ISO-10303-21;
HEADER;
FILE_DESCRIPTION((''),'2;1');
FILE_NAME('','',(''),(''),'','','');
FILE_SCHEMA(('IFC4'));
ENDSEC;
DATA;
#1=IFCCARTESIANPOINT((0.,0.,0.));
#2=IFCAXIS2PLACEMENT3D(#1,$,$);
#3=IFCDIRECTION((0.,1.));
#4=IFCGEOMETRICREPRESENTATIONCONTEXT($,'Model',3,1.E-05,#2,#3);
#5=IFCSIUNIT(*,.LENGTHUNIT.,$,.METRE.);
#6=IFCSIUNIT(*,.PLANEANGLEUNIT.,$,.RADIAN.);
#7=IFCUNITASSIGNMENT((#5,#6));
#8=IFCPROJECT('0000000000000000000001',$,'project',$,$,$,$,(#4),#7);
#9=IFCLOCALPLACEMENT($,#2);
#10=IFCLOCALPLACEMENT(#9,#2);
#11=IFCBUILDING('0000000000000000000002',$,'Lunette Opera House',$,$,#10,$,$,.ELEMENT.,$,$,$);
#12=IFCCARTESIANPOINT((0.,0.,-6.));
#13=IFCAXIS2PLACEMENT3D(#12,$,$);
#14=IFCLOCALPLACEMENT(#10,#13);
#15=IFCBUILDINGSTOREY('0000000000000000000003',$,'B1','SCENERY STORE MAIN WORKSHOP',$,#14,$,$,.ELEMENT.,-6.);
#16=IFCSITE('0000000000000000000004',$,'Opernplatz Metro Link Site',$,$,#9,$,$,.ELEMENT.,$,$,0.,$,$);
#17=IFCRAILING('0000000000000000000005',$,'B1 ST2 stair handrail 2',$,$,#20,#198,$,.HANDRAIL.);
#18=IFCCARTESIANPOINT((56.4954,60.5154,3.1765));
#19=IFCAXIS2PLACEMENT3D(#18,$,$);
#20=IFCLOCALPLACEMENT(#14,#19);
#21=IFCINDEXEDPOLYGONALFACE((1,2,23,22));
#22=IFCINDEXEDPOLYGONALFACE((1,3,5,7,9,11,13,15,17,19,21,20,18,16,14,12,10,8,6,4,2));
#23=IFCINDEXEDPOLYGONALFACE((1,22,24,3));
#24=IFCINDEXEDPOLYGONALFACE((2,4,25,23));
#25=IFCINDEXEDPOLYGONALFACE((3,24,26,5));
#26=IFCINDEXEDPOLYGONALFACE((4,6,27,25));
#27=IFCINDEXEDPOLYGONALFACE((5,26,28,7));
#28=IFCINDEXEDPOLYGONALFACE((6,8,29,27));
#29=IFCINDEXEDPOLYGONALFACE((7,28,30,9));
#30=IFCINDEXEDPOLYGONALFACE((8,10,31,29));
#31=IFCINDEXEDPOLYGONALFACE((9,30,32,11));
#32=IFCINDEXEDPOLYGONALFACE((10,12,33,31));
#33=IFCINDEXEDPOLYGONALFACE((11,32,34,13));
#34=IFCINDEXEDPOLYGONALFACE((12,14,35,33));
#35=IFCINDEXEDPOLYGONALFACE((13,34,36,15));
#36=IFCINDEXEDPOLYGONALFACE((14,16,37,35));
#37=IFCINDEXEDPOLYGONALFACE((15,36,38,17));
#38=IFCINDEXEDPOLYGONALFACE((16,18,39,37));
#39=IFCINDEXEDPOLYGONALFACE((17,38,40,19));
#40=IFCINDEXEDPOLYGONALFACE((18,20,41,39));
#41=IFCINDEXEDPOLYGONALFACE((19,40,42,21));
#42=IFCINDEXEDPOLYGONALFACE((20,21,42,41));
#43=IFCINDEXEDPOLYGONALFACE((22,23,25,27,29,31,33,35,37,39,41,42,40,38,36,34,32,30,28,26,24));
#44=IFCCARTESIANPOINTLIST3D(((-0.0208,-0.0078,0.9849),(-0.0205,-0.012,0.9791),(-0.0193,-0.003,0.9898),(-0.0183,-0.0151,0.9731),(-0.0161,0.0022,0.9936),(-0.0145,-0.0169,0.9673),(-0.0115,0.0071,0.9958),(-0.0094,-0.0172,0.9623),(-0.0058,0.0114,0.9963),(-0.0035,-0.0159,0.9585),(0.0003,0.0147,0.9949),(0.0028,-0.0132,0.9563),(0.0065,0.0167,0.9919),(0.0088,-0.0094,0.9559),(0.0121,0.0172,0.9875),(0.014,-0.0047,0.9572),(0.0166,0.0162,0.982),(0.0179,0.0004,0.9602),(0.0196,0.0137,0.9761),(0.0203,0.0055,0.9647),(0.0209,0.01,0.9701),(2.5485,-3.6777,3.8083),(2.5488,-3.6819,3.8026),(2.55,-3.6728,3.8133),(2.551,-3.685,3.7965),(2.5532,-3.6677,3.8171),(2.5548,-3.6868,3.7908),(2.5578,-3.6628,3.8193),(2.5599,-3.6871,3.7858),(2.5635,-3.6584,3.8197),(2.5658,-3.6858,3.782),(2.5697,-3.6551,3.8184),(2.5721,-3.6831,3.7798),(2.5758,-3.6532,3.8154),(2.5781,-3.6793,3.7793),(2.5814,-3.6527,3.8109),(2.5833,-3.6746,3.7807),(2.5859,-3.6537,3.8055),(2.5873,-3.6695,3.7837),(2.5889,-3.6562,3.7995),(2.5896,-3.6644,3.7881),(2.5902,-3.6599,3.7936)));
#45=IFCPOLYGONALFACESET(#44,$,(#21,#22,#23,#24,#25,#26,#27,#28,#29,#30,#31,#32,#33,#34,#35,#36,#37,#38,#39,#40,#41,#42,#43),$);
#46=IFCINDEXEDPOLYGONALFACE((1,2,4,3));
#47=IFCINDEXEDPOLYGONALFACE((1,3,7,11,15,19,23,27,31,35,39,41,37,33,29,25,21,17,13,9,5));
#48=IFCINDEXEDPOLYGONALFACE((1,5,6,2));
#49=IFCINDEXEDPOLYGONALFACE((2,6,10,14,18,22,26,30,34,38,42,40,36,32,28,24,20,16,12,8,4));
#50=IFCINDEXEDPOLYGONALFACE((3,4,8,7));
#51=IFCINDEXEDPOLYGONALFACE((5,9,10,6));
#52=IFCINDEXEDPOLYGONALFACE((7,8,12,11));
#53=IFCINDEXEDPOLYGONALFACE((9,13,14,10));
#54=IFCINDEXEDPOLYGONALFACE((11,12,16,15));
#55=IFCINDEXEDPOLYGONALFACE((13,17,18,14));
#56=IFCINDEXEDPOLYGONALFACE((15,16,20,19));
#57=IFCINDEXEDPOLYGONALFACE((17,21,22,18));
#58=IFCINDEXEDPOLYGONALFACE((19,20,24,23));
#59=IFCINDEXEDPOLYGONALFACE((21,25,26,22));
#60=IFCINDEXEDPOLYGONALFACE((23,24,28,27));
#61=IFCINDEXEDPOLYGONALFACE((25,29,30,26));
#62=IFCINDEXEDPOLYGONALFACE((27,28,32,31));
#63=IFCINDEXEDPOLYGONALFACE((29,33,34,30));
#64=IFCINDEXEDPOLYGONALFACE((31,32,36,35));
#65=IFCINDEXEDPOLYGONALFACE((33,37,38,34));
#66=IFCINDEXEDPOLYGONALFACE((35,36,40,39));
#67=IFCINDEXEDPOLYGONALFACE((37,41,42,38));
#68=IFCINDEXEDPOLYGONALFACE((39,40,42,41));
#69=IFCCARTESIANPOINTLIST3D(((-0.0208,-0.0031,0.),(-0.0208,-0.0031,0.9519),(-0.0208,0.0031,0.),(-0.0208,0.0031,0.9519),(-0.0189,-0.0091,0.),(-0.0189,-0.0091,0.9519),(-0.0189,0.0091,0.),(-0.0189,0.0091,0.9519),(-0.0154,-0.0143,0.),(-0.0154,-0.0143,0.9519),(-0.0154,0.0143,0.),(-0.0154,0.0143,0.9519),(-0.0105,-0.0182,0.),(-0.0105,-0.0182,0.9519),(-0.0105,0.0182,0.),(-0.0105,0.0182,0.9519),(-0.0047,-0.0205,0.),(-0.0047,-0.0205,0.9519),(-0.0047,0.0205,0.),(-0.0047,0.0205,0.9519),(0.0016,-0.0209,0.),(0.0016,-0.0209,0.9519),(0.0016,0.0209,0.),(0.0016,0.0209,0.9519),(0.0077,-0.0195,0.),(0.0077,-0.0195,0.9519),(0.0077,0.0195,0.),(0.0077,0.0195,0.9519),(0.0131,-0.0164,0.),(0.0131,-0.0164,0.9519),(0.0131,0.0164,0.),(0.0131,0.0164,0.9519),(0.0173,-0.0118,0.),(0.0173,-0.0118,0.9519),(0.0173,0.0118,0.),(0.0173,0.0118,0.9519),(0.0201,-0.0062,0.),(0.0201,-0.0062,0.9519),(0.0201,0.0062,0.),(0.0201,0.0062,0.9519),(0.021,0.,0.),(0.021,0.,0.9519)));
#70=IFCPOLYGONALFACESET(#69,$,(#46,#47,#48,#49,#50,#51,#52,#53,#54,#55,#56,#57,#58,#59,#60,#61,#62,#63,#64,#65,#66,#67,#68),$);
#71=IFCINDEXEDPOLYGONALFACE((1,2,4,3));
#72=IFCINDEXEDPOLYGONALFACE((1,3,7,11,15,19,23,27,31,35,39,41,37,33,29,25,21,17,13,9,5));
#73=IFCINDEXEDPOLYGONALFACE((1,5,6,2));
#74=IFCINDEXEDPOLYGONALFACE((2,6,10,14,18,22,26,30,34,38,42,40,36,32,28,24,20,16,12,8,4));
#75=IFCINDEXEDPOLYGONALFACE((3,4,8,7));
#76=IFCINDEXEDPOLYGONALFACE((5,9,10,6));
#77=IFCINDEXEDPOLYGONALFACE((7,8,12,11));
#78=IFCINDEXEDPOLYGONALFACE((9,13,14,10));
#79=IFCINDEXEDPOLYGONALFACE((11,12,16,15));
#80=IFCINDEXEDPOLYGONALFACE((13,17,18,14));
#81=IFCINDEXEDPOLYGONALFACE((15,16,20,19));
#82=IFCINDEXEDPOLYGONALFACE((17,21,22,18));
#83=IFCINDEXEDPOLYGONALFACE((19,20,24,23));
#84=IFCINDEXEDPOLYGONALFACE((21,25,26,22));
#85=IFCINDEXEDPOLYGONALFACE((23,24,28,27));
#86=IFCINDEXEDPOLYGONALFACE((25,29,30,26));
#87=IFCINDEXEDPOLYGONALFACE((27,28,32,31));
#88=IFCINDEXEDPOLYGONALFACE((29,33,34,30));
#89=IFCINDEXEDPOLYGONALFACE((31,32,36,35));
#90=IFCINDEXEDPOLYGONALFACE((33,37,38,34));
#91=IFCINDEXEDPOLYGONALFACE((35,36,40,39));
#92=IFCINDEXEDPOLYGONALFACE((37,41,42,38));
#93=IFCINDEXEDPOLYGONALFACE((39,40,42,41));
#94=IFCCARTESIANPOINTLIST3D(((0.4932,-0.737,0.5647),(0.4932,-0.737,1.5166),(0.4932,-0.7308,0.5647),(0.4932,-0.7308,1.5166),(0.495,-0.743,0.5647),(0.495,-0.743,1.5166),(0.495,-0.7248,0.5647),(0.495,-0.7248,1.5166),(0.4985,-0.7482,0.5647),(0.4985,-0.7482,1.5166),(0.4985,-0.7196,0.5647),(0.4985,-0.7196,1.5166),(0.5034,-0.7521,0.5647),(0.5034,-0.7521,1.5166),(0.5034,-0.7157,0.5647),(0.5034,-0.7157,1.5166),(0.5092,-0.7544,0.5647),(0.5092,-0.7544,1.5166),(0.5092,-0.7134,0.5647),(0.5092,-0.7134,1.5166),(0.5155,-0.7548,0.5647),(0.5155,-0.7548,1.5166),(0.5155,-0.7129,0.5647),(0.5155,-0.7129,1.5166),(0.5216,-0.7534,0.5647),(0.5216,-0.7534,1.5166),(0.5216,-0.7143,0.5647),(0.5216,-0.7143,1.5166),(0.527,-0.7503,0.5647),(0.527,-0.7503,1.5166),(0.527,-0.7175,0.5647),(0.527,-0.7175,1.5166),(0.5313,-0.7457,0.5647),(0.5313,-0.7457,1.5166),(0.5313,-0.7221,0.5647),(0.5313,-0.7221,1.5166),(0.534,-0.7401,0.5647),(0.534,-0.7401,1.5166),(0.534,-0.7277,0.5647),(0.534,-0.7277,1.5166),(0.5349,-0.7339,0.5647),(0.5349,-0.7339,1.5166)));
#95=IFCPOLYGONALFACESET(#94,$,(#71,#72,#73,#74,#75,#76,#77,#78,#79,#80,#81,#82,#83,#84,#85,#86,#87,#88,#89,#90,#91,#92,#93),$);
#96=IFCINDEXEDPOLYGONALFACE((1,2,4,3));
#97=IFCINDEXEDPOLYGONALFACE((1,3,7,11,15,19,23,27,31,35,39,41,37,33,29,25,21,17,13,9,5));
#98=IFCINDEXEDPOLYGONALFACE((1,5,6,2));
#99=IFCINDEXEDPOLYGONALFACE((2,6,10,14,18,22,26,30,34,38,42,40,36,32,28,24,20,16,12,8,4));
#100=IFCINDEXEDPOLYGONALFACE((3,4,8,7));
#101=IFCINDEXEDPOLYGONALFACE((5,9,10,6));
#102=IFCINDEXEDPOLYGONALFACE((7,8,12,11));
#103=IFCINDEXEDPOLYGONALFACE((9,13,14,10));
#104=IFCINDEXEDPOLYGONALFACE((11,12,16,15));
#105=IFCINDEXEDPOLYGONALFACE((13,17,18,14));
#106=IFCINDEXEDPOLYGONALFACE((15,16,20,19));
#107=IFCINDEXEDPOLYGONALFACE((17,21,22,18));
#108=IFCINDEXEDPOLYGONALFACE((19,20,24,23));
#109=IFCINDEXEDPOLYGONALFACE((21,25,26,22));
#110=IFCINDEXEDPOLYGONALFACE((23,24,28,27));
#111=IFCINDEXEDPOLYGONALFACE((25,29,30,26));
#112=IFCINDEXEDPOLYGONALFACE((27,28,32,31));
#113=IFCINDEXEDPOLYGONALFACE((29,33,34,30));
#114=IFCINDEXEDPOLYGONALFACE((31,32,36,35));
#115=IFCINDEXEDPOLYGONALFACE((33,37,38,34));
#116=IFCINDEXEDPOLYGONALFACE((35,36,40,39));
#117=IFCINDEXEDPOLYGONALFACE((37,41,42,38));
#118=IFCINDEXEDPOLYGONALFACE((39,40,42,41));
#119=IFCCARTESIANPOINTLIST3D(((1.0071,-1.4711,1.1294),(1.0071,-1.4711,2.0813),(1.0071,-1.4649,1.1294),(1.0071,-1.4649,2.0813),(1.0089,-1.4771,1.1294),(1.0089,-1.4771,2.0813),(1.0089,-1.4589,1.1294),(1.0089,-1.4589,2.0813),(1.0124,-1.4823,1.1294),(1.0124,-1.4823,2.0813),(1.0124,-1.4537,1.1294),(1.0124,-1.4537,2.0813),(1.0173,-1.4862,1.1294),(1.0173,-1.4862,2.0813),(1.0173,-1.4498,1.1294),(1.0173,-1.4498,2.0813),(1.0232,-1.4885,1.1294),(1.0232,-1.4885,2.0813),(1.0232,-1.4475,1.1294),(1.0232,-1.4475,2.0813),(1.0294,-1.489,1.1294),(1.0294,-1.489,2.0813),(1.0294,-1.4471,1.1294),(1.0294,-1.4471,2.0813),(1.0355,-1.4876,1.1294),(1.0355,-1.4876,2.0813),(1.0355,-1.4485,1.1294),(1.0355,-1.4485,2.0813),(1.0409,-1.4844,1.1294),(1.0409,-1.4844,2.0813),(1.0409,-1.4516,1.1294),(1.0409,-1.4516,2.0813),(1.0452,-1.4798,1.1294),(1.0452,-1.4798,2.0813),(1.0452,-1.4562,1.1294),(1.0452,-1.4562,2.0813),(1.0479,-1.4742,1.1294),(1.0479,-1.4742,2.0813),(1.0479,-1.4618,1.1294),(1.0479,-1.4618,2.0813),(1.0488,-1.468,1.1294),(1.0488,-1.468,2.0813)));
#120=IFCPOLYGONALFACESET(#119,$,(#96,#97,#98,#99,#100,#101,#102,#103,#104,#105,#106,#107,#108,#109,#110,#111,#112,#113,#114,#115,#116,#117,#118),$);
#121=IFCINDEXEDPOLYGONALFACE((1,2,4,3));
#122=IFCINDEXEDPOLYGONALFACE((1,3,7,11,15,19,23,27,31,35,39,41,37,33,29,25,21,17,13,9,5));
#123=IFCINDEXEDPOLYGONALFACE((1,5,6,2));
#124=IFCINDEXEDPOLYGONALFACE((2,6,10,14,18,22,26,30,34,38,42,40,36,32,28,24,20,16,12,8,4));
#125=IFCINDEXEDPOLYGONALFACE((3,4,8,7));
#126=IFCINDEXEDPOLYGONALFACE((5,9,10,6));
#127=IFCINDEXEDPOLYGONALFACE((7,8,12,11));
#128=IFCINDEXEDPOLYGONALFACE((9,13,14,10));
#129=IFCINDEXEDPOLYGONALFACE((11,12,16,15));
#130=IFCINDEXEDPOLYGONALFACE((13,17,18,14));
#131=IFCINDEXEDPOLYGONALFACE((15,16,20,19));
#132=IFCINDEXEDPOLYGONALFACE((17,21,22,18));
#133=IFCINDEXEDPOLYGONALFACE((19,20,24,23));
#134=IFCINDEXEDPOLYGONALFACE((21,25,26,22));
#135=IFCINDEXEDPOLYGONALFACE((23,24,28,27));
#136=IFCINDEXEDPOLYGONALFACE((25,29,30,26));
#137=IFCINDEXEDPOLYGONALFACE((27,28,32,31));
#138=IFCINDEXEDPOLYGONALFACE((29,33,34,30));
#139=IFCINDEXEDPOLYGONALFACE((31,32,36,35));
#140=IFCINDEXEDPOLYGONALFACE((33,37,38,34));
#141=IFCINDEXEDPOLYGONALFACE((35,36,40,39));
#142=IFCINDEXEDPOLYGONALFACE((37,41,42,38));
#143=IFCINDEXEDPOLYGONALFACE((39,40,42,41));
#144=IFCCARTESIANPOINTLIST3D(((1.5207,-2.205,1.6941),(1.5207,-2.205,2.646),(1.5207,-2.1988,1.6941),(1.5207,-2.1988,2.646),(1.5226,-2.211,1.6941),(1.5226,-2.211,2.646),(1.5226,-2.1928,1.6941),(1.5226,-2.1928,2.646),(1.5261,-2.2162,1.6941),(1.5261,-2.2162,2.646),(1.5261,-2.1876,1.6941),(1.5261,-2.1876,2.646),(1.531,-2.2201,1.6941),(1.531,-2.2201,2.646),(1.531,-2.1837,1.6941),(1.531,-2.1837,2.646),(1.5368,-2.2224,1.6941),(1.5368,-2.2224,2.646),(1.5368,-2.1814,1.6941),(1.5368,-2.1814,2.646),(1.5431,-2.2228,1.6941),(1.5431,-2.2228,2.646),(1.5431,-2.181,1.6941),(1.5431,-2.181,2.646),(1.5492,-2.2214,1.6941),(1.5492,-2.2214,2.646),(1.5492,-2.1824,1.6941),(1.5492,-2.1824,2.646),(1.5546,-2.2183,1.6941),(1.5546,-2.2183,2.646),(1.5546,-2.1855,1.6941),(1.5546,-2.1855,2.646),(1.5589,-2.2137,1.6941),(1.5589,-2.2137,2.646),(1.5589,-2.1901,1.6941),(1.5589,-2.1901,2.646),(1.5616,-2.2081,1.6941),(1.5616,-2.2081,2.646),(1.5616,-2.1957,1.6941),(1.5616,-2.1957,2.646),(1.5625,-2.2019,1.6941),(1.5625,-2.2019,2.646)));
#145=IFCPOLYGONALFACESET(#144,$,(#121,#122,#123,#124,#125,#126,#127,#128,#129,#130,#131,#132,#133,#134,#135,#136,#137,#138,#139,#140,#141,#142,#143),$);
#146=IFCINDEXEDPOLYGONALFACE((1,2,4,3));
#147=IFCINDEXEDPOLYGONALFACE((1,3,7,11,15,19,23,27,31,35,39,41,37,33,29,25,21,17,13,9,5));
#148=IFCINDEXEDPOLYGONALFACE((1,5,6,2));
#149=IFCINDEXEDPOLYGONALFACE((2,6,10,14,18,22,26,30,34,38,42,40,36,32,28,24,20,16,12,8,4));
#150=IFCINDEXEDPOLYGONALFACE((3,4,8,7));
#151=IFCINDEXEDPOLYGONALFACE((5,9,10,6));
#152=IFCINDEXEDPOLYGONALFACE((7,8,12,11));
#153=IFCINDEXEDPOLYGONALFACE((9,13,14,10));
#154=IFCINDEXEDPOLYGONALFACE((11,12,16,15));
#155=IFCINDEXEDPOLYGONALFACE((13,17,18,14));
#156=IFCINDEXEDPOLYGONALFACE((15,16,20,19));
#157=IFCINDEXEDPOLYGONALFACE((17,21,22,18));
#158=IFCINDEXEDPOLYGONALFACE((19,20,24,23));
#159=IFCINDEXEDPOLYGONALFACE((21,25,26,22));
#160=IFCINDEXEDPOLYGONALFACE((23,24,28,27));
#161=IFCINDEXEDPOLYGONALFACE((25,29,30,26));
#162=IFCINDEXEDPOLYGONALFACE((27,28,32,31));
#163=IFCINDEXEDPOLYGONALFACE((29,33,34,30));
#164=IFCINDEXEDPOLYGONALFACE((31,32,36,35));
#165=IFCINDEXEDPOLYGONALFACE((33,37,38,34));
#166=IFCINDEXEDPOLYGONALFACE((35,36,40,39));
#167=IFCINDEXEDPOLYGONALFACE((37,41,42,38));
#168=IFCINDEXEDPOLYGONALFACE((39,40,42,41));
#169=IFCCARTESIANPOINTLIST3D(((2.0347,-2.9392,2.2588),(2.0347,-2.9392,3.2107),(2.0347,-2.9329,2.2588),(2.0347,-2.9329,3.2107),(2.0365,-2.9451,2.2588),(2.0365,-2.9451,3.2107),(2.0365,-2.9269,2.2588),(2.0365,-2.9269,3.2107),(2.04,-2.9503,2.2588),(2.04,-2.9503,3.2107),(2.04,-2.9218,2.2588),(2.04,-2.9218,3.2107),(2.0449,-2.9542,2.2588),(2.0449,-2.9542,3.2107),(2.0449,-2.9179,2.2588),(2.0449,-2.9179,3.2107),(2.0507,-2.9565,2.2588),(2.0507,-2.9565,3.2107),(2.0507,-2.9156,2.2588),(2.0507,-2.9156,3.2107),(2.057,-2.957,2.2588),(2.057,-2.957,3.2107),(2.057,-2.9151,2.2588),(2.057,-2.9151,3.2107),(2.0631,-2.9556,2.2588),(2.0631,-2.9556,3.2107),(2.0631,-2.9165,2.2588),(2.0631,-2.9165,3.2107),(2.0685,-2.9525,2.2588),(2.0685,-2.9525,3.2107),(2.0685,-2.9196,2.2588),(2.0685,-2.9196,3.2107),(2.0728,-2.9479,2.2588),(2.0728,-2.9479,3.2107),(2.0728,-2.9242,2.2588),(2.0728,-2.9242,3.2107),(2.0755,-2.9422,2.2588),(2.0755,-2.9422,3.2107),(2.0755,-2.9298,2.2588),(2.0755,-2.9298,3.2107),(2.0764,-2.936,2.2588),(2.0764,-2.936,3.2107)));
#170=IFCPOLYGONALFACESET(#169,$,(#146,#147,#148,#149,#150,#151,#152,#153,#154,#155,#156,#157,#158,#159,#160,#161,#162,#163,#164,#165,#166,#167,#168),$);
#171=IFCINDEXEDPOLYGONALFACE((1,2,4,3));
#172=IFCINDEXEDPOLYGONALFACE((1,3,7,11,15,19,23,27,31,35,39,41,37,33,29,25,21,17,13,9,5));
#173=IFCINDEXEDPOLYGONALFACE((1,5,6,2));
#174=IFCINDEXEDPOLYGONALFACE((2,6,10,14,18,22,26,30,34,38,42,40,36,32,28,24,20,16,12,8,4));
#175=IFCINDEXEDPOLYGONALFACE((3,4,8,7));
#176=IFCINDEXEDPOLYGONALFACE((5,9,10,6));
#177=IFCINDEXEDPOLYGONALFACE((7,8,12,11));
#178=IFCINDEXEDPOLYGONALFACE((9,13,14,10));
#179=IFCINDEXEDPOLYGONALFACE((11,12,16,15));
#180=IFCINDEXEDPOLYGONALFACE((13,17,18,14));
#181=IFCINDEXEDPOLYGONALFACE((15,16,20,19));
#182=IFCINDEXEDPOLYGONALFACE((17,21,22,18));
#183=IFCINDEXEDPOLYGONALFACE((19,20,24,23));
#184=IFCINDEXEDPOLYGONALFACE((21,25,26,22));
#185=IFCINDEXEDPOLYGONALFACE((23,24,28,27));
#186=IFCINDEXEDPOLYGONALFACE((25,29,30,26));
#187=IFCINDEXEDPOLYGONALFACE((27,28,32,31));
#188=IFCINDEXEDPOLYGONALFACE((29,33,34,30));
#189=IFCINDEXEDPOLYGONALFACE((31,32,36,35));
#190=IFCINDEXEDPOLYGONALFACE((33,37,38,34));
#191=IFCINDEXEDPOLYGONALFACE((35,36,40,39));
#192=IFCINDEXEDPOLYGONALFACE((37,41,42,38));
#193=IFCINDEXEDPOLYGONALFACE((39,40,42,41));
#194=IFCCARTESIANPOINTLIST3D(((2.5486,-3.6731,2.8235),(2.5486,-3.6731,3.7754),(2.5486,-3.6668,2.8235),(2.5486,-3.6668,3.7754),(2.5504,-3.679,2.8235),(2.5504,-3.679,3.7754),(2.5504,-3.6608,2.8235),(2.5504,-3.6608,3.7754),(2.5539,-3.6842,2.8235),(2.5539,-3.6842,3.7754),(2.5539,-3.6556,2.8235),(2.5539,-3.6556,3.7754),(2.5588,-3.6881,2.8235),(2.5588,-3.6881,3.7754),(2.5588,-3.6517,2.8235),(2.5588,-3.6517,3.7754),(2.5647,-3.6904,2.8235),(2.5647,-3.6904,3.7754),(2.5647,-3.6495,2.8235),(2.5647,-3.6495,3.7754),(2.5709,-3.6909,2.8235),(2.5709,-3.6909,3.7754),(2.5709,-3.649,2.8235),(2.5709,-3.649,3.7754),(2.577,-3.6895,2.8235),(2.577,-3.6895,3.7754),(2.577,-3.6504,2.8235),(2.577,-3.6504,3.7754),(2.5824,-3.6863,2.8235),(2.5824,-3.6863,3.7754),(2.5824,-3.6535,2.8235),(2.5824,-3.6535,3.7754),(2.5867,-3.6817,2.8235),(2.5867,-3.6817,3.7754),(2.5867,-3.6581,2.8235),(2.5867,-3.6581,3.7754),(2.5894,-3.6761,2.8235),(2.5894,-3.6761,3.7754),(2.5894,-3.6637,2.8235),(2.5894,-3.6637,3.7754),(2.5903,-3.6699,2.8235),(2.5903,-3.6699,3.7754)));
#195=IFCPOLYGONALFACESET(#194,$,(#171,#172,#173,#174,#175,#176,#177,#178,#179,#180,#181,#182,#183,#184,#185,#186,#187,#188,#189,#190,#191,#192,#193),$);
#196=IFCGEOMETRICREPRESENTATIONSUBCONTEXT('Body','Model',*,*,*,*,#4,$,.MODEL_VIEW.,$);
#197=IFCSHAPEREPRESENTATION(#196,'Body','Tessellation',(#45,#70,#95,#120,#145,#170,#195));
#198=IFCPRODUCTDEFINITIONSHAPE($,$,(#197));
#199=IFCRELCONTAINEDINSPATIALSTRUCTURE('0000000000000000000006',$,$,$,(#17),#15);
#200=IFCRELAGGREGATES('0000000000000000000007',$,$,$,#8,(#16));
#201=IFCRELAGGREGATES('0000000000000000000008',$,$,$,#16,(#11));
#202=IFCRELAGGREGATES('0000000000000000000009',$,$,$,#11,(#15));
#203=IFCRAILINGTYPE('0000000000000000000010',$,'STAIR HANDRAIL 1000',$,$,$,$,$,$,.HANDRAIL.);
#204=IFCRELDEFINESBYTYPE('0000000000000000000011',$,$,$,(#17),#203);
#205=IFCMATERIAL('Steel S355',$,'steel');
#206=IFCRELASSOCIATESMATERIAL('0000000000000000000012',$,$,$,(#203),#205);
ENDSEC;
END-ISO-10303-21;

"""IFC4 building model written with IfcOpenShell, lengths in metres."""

from ifc_helpers import new_model, si_unit, direction, frame, origin, origin_2d, place, context, subcontext, project, spatial, circle, extrude, material, type_object, element, save


model = new_model("IFC4")

# Units and contexts
model_context = context("Model", 3, precision=1e-05, world=origin(), true_north=direction((0.0, 1.0)))
body_context = subcontext(model_context, "Body", "Model", "MODEL_VIEW")
ifc_project = project(units=[si_unit("LENGTHUNIT", "METRE"), si_unit("PLANEANGLEUNIT", "RADIAN")], contexts=[model_context])

# Site, building, storey
site_placement = place(None, origin())
site = spatial("IfcSite", under=ifc_project, at=site_placement, Name="Opernplatz Metro Link Site", CompositionType="ELEMENT", RefElevation=0.0)
building_placement = place(site_placement, origin())
building = spatial("IfcBuilding", under=site, at=building_placement, Name="Lunette Opera House", CompositionType="ELEMENT")
storey_placement = place(building_placement, frame((0.0, 0.0, -6.0)))
storey = spatial("IfcBuildingStorey", under=building, at=storey_placement, Name="B1", Description="SCENERY STORE MAIN WORKSHOP", CompositionType="ELEMENT", Elevation=-6.0)

# Railing
ifc_material_1 = material(Name="Steel S355", Category="steel")
railing_type_1 = type_object("IfcRailingType", Name="STAIR HANDRAIL 1000", PredefinedType="HANDRAIL", material=ifc_material_1)
railing_1_placement = place(storey_placement, frame((56.4954, 60.5154, 3.1765)))
element("IfcRailing", 1, at=railing_1_placement, inside=storey, type_object=railing_type_1, Name="B1 ST2 stair handrail 2", PredefinedType="HANDRAIL", context=body_context, shape_type="SweptSolid", body=[
    extrude(circle(Radius=0.0239, at=origin_2d()), frame((0.0, 0.0, 0.9761), z_axis=(0.485196, -0.693032, 0.53319), x_axis=(0.819191, 0.573521, 0.0)), (0.0, 0.0, 1.0), 5.2954),
    extrude(circle(Radius=0.021, at=origin_2d()), origin(), (0.0, 0.0, 1.0), 0.9519),
    extrude(circle(Radius=0.021, at=origin_2d()), frame((0.5139, -0.7339, 0.5647)), (0.0, 0.0, 1.0), 0.9519),
    extrude(circle(Radius=0.021, at=origin_2d()), frame((1.0278, -1.468, 1.1294)), (0.0, 0.0, 1.0), 0.9519),
    extrude(circle(Radius=0.021, at=origin_2d()), frame((1.5415, -2.2019, 1.6941)), (0.0, 0.0, 1.0), 0.9519),
    extrude(circle(Radius=0.021, at=origin_2d()), frame((2.0554, -2.936, 2.2588)), (0.0, 0.0, 1.0), 0.9519),
    extrude(circle(Radius=0.021, at=origin_2d()), frame((2.5693, -3.6699, 2.8235)), (0.0, 0.0, 1.0), 0.9519),
])

save(model, "model.ifc")
